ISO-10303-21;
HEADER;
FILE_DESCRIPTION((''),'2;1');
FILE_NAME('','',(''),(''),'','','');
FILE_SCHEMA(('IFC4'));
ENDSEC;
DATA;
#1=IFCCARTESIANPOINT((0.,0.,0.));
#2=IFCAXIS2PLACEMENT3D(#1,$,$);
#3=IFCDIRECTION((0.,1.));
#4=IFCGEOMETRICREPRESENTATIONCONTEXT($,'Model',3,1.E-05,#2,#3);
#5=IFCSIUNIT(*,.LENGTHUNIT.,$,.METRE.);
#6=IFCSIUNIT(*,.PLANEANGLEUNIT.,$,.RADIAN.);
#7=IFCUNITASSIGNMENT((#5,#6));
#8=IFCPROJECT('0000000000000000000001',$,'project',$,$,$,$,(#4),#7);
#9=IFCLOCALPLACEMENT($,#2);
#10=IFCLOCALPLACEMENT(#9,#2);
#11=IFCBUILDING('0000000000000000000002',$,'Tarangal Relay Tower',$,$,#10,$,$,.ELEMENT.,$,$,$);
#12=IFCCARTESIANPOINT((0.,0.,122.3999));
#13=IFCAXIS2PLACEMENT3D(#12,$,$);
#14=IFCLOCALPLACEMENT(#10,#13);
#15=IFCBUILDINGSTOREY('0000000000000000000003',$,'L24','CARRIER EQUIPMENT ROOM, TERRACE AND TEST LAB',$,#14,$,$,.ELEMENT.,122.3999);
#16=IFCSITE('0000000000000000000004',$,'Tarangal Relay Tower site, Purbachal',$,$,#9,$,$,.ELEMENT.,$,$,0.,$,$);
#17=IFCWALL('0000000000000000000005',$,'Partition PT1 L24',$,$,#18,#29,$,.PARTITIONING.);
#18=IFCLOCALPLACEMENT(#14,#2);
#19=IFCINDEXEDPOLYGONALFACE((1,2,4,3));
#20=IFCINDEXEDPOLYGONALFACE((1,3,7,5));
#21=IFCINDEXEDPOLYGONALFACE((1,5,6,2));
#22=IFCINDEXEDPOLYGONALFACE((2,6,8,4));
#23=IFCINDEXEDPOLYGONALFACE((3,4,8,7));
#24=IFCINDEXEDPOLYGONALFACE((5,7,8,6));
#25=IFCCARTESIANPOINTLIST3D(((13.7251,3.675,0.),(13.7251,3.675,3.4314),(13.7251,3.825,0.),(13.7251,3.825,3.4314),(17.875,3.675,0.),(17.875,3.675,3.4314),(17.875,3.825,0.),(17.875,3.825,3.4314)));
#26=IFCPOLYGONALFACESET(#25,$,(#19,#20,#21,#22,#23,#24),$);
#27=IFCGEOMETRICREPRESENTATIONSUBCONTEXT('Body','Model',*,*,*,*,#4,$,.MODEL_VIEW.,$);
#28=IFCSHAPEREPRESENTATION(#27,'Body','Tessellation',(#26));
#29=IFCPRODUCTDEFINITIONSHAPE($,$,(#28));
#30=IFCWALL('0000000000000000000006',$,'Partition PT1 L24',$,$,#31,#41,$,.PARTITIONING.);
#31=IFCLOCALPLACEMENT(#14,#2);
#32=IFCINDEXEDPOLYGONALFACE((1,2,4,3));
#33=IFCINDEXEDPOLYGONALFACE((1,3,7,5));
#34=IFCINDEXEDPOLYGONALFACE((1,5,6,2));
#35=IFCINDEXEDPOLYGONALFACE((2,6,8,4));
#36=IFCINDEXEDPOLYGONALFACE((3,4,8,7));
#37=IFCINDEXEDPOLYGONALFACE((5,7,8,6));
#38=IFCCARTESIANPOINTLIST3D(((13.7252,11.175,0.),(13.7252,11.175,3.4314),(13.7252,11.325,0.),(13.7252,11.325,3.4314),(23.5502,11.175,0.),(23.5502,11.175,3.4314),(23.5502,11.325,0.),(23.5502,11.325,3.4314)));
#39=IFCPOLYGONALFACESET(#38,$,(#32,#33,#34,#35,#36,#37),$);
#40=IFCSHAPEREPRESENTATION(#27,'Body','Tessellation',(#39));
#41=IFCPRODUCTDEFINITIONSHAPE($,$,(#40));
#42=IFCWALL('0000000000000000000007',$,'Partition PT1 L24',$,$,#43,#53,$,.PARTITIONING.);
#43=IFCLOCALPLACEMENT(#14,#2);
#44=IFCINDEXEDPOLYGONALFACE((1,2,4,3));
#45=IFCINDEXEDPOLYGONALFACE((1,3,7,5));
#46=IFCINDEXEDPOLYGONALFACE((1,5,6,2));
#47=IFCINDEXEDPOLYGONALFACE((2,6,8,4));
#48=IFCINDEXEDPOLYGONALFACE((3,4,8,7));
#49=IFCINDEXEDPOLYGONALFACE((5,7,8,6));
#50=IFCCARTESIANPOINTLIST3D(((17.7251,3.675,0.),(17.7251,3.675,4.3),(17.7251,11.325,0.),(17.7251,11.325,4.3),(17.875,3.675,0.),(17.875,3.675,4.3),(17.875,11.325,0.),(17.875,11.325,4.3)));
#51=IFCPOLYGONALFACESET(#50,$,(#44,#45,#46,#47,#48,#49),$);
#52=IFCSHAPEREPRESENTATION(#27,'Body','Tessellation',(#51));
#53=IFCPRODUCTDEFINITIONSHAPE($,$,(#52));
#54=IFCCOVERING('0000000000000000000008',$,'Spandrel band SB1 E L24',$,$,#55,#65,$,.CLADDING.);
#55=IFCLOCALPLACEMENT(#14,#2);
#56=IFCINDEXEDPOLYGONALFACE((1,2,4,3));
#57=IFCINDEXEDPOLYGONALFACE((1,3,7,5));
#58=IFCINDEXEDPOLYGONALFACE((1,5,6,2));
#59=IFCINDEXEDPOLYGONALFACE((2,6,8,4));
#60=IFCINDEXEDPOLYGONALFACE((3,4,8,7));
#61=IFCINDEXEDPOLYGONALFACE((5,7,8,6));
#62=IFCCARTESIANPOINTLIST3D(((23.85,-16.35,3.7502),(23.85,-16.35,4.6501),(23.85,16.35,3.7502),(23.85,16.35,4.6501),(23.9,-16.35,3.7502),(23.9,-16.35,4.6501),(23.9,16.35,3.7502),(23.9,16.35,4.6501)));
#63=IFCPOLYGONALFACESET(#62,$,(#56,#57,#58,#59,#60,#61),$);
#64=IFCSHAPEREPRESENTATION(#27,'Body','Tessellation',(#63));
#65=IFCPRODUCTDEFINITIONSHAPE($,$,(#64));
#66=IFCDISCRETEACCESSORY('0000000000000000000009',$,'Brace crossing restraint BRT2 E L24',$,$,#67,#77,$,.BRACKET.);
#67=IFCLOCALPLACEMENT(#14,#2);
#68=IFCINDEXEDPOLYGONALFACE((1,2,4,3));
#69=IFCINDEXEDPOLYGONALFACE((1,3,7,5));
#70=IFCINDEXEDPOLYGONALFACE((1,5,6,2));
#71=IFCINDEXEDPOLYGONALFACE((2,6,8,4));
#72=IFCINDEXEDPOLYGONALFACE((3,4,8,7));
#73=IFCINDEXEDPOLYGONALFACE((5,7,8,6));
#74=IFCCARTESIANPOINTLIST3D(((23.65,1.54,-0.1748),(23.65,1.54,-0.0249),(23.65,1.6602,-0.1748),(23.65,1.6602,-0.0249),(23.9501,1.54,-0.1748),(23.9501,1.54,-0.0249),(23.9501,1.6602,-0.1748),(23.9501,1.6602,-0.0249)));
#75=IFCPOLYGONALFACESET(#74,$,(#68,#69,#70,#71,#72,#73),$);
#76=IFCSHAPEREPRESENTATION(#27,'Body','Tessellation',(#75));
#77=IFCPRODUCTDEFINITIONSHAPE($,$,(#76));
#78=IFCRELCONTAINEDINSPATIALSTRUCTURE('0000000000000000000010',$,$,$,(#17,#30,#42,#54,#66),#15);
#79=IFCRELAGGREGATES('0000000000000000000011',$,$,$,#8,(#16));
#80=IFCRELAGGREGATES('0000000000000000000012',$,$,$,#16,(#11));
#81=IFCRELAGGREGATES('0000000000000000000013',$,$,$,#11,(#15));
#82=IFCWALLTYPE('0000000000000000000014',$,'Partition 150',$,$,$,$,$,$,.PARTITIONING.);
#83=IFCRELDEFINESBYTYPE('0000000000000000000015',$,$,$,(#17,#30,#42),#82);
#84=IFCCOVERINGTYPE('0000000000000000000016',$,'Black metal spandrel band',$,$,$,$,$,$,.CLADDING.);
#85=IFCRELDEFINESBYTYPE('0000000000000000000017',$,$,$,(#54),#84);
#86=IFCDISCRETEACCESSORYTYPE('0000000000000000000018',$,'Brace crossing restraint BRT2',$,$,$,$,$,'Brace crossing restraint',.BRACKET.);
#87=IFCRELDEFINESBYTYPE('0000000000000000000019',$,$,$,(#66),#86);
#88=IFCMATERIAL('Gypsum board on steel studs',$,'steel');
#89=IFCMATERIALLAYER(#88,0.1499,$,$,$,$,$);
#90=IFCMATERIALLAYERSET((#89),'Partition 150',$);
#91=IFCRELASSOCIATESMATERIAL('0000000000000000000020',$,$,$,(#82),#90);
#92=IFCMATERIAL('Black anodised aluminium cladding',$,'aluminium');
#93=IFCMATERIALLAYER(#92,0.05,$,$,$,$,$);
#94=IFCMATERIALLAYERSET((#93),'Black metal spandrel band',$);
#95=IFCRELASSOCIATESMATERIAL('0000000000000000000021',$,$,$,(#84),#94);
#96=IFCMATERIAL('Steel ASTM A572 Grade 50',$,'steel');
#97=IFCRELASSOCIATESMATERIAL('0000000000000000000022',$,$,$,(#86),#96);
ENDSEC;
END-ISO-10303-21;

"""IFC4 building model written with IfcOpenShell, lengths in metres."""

from ifc_helpers import new_model, si_unit, direction, frame, frame_2d, origin, origin_2d, place, context, subcontext, project, spatial, rectangle, extrude, material, layer, layer_set, type_object, element, save


model = new_model("IFC4")

# Units and contexts
model_context = context("Model", 3, precision=1e-05, world=origin(), true_north=direction((0.0, 1.0)))
body_context = subcontext(model_context, "Body", "Model", "MODEL_VIEW")
ifc_project = project(units=[si_unit("LENGTHUNIT", "METRE"), si_unit("PLANEANGLEUNIT", "RADIAN")], contexts=[model_context])

# Site, building, storey
site_placement = place(None, origin())
site = spatial("IfcSite", under=ifc_project, at=site_placement, Name="Tarangal Relay Tower site, Purbachal", CompositionType="ELEMENT", RefElevation=0.0)
building_placement = place(site_placement, origin())
building = spatial("IfcBuilding", under=site, at=building_placement, Name="Tarangal Relay Tower", CompositionType="ELEMENT")
storey_placement = place(building_placement, frame((0.0, 0.0, 122.3999)))
storey = spatial("IfcBuildingStorey", under=building, at=storey_placement, Name="L24", Description="CARRIER EQUIPMENT ROOM, TERRACE AND TEST LAB", CompositionType="ELEMENT", Elevation=122.3999)

# Shared definitions
ifc_material_1 = material(Name="Steel ASTM A572 Grade 50", Category="steel")

# Walls
ifc_material_2 = material(Name="Gypsum board on steel studs", Category="steel")
ifc_layer_1 = layer(ifc_material_2, 0.1499)
ifc_layer_set_1 = layer_set([ifc_layer_1], Name="Partition 150")
wall_type_1 = type_object("IfcWallType", Name="Partition 150", PredefinedType="PARTITIONING", material=ifc_layer_set_1)
wall_1_placement = place(storey_placement, frame((13.7251, 3.75, 0.0), z_axis=(0.0, 0.0, 1.0), x_axis=(1.0, 0.0, 0.0)))
element("IfcWall", 1, at=wall_1_placement, inside=storey, type_object=wall_type_1, Name="Partition PT1 L24", PredefinedType="PARTITIONING", context=body_context, shape_type="SweptSolid", body=[
    extrude(rectangle(XDim=4.1499, YDim=0.1499, at=frame_2d((2.075, 0.0))), origin(), (0.0, 0.0, 1.0), 3.4314),
])
wall_2_placement = place(storey_placement, frame((13.7251, 11.25, 0.0), z_axis=(0.0, 0.0, 1.0), x_axis=(1.0, 0.0, 0.0)))
element("IfcWall", 2, at=wall_2_placement, inside=storey, type_object=wall_type_1, Name="Partition PT1 L24", PredefinedType="PARTITIONING", context=body_context, shape_type="SweptSolid", body=[
    extrude(rectangle(XDim=9.825, YDim=0.1499, at=frame_2d((4.9126, 0.0))), origin(), (0.0, 0.0, 1.0), 3.4314),
])
wall_3_placement = place(storey_placement, frame((17.8, 3.675, 0.0), z_axis=(0.0, 0.0, 1.0), x_axis=(0.0, 1.0, 0.0)))
element("IfcWall", 3, at=wall_3_placement, inside=storey, type_object=wall_type_1, Name="Partition PT1 L24", PredefinedType="PARTITIONING", context=body_context, shape_type="SweptSolid", body=[
    extrude(rectangle(XDim=7.6499, YDim=0.1499, at=frame_2d((3.825, 0.0))), origin(), (0.0, 0.0, 1.0), 4.3),
])

# Covering
ifc_material_3 = material(Name="Black anodised aluminium cladding", Category="aluminium")
ifc_layer_2 = layer(ifc_material_3, 0.05)
ifc_layer_set_2 = layer_set([ifc_layer_2], Name="Black metal spandrel band")
covering_type = type_object("IfcCoveringType", Name="Black metal spandrel band", PredefinedType="CLADDING", material=ifc_layer_set_2)
covering_placement = place(storey_placement, frame((23.875, 0.0, 3.7502), z_axis=(0.0, 0.0, 1.0), x_axis=(0.0, -1.0, 0.0)))
element("IfcCovering", 4, at=covering_placement, inside=storey, type_object=covering_type, Name="Spandrel band SB1 E L24", PredefinedType="CLADDING", context=body_context, shape_type="SweptSolid", body=[
    extrude(rectangle(XDim=32.7, YDim=0.05, at=origin_2d()), origin(), (0.0, 0.0, 1.0), 0.8999),
])

# Discrete accessory
discrete_accessory_type = type_object("IfcDiscreteAccessoryType", Name="Brace crossing restraint BRT2", ElementType="Brace crossing restraint", PredefinedType="BRACKET", material=ifc_material_1)
discrete_accessory_placement = place(storey_placement, frame((23.8, 1.6001, -0.1748), z_axis=(0.0, 0.0, 1.0), x_axis=(1.0, 0.0, 0.0)))
element("IfcDiscreteAccessory", 5, at=discrete_accessory_placement, inside=storey, type_object=discrete_accessory_type, Name="Brace crossing restraint BRT2 E L24", PredefinedType="BRACKET", context=body_context, shape_type="SweptSolid", body=[
    extrude(rectangle(XDim=0.3, YDim=0.1201, at=origin_2d()), origin(), (0.0, 0.0, 1.0), 0.1499),
])

save(model, "model.ifc")
